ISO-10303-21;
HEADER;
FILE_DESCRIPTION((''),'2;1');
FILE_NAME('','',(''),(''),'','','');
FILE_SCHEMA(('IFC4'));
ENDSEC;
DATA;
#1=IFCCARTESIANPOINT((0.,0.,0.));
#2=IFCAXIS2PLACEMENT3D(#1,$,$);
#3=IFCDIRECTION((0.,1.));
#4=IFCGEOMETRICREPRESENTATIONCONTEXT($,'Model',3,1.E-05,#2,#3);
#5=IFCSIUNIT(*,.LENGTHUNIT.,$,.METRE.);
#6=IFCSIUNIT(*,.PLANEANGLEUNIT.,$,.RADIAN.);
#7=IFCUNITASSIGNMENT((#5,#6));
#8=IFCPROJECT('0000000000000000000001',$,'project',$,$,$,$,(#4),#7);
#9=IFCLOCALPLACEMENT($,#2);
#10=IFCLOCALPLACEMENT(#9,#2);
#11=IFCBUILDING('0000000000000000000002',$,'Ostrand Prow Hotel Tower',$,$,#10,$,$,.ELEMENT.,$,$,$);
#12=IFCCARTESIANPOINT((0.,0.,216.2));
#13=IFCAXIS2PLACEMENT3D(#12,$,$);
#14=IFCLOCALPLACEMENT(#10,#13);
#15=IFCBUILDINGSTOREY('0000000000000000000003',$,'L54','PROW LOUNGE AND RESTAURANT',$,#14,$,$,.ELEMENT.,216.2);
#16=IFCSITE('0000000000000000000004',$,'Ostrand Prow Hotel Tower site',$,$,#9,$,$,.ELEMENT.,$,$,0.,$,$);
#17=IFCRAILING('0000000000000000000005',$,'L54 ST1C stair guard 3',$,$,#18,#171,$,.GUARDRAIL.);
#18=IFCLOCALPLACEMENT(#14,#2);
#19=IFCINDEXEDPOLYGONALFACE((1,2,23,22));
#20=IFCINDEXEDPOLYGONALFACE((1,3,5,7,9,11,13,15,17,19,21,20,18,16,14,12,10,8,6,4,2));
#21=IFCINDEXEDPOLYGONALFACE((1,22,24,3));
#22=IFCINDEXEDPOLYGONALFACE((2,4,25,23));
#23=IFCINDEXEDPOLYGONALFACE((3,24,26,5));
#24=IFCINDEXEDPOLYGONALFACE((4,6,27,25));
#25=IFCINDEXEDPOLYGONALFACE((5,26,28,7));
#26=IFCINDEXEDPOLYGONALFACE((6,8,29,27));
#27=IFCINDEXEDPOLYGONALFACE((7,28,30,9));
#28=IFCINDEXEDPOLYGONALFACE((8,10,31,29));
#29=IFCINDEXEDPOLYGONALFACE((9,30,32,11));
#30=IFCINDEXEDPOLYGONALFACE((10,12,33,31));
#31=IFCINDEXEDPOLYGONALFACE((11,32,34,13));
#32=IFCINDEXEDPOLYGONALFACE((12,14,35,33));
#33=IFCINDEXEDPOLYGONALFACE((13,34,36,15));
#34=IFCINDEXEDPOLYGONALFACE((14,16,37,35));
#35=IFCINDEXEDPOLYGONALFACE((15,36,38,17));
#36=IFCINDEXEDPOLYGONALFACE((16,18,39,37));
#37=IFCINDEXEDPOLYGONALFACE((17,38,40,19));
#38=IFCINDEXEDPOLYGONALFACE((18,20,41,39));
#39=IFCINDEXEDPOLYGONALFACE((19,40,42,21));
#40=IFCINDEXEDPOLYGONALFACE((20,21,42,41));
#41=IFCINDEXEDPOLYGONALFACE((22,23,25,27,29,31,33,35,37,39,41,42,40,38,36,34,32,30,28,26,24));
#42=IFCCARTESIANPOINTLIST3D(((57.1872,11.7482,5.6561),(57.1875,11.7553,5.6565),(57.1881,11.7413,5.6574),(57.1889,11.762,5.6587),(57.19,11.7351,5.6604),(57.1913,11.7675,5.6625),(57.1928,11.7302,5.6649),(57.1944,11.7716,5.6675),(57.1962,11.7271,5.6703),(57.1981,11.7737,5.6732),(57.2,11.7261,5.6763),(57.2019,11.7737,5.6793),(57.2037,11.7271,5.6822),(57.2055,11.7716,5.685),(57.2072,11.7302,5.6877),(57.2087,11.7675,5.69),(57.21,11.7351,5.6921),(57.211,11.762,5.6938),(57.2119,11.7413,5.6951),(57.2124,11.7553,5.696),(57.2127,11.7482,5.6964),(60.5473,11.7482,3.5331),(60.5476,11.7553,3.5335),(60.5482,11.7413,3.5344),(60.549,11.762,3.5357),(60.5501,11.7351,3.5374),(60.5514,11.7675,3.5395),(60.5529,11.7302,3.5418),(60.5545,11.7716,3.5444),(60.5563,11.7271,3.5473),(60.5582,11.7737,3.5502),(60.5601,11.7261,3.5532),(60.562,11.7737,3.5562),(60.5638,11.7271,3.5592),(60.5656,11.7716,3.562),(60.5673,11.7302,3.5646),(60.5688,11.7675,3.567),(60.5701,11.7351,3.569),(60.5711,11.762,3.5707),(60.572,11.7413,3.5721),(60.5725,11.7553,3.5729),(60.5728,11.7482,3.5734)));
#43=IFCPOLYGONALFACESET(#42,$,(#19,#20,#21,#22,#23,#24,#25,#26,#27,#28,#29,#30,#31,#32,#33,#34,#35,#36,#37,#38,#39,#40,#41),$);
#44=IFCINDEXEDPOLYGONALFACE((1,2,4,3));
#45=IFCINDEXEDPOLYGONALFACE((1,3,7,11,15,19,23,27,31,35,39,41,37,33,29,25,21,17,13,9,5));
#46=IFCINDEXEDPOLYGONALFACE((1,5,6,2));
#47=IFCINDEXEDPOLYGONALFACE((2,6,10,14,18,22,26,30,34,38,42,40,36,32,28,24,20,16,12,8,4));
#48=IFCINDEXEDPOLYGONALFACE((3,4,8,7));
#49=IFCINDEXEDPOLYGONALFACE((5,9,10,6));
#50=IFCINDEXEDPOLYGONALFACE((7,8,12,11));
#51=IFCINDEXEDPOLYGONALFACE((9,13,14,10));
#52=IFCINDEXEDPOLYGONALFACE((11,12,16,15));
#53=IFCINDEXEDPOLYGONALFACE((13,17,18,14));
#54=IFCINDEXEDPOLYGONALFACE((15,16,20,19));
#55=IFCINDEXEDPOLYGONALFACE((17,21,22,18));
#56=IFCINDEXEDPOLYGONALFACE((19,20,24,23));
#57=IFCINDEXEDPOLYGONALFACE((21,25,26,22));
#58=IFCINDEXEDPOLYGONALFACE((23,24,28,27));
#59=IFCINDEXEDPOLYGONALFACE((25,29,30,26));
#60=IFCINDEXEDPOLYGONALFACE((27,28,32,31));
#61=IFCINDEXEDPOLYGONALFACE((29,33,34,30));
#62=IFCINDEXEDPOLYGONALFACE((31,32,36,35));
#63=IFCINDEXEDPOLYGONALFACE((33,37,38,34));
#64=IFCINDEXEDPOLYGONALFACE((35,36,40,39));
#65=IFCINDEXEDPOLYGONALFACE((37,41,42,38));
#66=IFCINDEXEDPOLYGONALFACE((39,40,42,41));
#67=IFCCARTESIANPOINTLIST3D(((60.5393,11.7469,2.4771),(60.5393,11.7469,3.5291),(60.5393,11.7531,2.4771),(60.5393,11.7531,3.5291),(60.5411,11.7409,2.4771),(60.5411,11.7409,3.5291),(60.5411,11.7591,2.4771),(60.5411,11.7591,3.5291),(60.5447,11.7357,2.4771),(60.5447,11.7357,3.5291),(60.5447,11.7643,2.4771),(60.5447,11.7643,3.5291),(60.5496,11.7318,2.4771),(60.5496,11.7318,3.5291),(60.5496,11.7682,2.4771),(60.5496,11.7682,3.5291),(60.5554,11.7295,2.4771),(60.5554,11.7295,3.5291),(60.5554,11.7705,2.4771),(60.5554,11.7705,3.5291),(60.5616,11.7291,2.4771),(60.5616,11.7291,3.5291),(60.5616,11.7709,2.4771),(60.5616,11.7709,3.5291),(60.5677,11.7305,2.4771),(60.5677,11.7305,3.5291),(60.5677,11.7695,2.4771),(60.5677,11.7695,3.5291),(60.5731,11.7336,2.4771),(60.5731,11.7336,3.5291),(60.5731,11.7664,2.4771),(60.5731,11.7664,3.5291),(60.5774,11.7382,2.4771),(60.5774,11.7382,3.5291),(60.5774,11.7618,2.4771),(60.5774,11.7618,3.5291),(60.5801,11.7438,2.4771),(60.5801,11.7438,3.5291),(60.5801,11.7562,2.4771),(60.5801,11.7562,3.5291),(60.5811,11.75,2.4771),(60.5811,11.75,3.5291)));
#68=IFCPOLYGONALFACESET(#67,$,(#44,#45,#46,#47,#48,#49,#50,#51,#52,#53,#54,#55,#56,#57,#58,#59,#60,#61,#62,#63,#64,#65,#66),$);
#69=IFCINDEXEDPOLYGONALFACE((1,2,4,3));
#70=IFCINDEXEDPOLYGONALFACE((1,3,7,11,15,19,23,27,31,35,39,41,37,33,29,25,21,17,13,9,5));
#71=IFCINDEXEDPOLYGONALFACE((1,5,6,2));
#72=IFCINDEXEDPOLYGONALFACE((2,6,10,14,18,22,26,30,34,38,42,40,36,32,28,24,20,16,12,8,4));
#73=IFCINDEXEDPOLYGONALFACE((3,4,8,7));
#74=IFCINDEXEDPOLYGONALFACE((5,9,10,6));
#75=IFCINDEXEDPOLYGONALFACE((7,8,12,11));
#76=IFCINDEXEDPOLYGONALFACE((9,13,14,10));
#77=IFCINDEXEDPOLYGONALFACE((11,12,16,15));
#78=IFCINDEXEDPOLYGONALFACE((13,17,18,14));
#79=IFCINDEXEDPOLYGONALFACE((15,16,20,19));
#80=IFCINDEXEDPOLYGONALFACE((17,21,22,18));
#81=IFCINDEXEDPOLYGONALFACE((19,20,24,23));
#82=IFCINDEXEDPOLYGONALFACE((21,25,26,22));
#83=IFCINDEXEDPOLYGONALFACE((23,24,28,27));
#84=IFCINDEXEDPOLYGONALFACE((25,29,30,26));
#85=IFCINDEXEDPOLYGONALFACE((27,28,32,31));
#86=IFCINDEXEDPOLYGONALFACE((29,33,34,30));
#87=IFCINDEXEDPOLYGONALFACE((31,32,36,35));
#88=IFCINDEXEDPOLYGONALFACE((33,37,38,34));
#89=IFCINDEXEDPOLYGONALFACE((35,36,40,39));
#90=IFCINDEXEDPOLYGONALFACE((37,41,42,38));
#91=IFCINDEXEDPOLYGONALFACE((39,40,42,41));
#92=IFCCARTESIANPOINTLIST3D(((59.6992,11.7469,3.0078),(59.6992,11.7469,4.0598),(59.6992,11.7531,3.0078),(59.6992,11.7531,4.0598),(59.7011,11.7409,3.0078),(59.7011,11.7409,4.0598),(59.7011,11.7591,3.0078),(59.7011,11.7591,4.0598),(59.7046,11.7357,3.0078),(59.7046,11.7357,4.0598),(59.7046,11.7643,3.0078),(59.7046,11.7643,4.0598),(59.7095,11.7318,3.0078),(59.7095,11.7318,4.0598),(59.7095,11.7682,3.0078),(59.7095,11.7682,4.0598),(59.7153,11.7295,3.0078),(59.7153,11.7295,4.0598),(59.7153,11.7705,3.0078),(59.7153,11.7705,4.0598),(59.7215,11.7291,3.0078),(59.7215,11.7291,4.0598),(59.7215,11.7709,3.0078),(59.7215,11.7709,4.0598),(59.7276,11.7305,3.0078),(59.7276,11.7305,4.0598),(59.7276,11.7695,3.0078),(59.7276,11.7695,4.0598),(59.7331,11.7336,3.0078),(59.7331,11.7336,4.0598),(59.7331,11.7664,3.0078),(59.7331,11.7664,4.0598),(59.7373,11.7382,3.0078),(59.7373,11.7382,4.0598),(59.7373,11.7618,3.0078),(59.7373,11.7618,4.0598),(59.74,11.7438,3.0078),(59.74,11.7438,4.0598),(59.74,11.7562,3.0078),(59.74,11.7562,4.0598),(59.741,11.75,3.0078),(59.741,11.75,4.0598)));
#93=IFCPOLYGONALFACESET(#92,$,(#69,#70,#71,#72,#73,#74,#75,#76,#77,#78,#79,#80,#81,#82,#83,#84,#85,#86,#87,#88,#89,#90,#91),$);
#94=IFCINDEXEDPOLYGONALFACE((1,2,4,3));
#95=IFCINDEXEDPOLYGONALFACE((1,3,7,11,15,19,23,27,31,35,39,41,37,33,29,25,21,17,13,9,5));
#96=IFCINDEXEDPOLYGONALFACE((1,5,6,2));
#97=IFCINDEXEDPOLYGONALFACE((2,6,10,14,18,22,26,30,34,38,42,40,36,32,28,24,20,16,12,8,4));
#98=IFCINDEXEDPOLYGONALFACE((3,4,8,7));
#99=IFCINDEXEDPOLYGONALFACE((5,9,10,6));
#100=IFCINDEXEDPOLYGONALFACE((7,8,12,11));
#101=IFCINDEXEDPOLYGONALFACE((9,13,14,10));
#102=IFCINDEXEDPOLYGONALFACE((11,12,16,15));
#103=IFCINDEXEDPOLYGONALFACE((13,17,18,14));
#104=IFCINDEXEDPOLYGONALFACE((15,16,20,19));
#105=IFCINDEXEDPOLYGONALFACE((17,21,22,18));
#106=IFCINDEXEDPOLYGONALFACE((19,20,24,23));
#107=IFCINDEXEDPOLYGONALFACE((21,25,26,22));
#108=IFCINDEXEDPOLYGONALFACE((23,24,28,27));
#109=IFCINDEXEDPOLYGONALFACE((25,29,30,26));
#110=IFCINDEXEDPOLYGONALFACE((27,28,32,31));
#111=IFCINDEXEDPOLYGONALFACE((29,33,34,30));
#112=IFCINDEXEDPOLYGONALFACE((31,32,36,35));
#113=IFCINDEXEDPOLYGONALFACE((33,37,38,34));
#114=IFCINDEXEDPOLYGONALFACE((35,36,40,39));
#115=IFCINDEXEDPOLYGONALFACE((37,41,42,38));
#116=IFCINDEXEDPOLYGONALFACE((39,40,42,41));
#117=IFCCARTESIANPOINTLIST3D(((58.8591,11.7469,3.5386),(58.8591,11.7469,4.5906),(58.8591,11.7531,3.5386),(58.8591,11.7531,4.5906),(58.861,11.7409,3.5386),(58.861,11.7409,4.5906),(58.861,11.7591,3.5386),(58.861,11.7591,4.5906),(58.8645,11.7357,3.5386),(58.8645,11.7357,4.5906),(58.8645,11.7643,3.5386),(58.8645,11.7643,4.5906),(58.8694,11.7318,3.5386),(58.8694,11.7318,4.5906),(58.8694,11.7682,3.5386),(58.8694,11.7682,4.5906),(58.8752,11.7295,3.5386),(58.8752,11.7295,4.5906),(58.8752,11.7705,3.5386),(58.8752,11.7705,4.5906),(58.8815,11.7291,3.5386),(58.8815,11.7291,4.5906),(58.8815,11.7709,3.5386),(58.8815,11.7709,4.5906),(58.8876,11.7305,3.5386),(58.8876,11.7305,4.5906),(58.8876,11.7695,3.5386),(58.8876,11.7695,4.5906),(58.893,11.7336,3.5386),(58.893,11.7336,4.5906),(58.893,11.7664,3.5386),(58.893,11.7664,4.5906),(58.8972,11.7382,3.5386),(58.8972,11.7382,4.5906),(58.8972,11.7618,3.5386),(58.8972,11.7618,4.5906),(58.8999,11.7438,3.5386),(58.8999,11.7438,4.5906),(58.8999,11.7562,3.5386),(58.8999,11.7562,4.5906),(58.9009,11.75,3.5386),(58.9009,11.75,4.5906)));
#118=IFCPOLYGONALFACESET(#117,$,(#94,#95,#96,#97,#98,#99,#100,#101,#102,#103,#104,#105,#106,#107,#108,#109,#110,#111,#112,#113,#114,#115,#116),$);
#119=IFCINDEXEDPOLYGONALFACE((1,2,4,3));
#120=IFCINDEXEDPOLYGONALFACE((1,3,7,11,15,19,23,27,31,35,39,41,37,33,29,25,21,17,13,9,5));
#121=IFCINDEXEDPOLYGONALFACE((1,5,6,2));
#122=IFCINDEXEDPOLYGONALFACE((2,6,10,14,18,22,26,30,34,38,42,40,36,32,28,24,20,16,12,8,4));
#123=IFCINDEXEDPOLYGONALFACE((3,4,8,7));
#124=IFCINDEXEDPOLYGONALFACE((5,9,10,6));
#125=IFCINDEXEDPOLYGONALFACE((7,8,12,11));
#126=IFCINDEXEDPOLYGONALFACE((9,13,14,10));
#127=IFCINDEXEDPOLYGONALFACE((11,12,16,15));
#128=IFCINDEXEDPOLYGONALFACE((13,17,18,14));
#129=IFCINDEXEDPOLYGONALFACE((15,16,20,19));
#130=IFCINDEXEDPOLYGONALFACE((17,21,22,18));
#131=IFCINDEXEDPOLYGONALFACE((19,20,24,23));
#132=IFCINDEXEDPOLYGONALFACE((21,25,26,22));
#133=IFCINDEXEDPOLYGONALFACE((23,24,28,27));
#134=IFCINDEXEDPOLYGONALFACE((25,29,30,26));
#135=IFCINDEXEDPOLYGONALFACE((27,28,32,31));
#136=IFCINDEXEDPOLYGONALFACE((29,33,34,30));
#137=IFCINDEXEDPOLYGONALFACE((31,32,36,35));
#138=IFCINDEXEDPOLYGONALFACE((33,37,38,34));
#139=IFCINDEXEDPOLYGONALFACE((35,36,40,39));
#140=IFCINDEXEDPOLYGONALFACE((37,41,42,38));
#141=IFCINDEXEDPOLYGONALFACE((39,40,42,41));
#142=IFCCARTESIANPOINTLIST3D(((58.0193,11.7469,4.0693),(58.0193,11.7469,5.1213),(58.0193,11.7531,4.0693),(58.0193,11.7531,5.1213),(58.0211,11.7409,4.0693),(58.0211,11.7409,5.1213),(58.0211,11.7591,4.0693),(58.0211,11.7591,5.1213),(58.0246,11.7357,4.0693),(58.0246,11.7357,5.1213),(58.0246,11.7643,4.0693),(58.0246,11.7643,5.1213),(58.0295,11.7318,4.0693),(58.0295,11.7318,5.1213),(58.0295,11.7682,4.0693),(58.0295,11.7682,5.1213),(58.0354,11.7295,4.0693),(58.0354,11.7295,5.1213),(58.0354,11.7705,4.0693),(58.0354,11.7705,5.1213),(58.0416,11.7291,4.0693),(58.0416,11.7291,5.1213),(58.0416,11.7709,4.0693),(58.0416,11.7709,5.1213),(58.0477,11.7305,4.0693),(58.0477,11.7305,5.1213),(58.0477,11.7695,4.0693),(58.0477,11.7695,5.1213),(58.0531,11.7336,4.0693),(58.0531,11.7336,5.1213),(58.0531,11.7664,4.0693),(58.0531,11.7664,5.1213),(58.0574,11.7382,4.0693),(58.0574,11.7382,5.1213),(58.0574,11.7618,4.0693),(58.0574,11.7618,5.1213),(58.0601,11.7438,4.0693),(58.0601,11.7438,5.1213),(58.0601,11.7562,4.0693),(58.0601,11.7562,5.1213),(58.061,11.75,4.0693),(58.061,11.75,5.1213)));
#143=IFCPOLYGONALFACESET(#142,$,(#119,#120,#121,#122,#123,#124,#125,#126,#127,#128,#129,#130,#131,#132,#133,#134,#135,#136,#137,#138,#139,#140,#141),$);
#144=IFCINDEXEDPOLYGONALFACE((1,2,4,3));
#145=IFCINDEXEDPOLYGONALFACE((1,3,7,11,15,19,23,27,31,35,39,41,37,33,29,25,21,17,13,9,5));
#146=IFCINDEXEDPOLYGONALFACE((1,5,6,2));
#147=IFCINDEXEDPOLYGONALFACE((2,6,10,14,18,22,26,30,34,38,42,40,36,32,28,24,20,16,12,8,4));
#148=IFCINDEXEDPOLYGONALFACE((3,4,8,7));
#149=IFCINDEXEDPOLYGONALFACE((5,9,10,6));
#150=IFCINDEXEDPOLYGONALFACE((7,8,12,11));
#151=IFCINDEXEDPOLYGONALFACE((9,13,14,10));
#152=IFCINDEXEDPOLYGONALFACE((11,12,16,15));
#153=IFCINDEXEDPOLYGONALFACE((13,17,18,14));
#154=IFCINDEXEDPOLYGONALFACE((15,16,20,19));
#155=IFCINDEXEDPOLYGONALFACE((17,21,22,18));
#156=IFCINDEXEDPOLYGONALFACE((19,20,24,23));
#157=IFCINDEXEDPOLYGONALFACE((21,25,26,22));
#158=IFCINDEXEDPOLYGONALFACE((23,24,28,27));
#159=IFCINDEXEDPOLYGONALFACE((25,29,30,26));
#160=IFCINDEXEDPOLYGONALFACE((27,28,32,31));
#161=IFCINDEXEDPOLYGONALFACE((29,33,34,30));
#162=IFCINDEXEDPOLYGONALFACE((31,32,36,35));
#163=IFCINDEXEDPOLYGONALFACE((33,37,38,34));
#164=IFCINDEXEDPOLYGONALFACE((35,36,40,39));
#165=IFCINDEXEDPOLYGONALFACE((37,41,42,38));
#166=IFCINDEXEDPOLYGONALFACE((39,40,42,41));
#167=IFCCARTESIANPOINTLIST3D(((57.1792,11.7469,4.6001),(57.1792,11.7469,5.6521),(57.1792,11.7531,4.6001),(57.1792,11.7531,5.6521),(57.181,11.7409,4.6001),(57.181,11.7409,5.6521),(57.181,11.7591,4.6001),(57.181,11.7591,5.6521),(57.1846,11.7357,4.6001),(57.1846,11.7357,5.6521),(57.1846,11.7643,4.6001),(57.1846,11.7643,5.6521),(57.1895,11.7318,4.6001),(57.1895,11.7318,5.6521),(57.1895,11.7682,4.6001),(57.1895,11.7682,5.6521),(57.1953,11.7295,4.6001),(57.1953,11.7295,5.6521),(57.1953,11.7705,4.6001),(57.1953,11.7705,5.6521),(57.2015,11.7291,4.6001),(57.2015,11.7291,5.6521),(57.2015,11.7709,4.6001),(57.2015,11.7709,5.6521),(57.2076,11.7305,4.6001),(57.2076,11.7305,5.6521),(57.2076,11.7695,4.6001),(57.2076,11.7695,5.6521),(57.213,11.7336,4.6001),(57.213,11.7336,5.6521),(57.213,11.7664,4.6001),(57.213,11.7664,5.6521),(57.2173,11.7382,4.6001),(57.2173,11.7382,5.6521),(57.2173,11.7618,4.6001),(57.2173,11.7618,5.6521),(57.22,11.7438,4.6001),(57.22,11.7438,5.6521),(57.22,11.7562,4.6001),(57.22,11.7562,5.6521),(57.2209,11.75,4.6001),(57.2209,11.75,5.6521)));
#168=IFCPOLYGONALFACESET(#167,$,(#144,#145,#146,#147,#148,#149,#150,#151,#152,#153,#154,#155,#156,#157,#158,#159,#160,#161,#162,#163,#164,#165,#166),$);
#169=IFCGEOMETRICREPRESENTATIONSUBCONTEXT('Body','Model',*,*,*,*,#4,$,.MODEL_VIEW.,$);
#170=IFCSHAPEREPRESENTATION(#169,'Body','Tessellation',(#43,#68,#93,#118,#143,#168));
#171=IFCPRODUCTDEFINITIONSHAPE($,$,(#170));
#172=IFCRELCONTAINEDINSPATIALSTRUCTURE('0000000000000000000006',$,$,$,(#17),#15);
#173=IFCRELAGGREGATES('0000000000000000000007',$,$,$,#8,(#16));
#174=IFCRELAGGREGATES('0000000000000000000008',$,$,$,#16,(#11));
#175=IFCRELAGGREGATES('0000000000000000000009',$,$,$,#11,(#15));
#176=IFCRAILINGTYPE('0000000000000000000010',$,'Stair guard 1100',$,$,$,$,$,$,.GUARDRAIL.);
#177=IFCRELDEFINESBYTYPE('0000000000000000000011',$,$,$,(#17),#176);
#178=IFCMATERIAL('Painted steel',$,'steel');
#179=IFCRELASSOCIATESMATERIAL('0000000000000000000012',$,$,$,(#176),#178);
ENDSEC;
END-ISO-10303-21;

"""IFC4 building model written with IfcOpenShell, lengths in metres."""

from ifc_helpers import new_model, si_unit, direction, frame, origin, origin_2d, place, context, subcontext, project, spatial, circle, extrude, material, type_object, element, save


model = new_model("IFC4")

# Units and contexts
model_context = context("Model", 3, precision=1e-05, world=origin(), true_north=direction((0.0, 1.0)))
body_context = subcontext(model_context, "Body", "Model", "MODEL_VIEW")
ifc_project = project(units=[si_unit("LENGTHUNIT", "METRE"), si_unit("PLANEANGLEUNIT", "RADIAN")], contexts=[model_context])

# Site, building, storey
site_placement = place(None, origin())
site = spatial("IfcSite", under=ifc_project, at=site_placement, Name="Ostrand Prow Hotel Tower site", CompositionType="ELEMENT", RefElevation=0.0)
building_placement = place(site_placement, origin())
building = spatial("IfcBuilding", under=site, at=building_placement, Name="Ostrand Prow Hotel Tower", CompositionType="ELEMENT")
storey_placement = place(building_placement, frame((0.0, 0.0, 216.2)))
storey = spatial("IfcBuildingStorey", under=building, at=storey_placement, Name="L54", Description="PROW LOUNGE AND RESTAURANT", CompositionType="ELEMENT", Elevation=216.2)

# Railing
ifc_material_1 = material(Name="Painted steel", Category="steel")
railing_type_1 = type_object("IfcRailingType", Name="Stair guard 1100", PredefinedType="GUARDRAIL", material=ifc_material_1)
railing_1_placement = place(storey_placement, frame((60.5601, 11.75, 2.4771)))
element("IfcRailing", 1, at=railing_1_placement, inside=storey, type_object=railing_type_1, Name="L54 ST1C stair guard 3", PredefinedType="GUARDRAIL", context=body_context, shape_type="SweptSolid", body=[
    extrude(circle(Radius=0.0239, at=origin_2d()), frame((0.0, 0.0, 1.0762), z_axis=(-0.84539, 0.0, 0.53415), x_axis=(0.0, -1.0, 0.0)), (0.0, 0.0, 1.0), 3.9746),
    extrude(circle(Radius=0.021, at=origin_2d()), origin(), (0.0, 0.0, 1.0), 1.052),
    extrude(circle(Radius=0.021, at=origin_2d()), frame((-0.8401, 0.0, 0.5308)), (0.0, 0.0, 1.0), 1.052),
    extrude(circle(Radius=0.021, at=origin_2d()), frame((-1.6802, 0.0, 1.0615)), (0.0, 0.0, 1.0), 1.052),
    extrude(circle(Radius=0.021, at=origin_2d()), frame((-2.52, 0.0, 1.5923)), (0.0, 0.0, 1.0), 1.052),
    extrude(circle(Radius=0.021, at=origin_2d()), frame((-3.3601, 0.0, 2.123)), (0.0, 0.0, 1.0), 1.052),
])

save(model, "model.ifc")
